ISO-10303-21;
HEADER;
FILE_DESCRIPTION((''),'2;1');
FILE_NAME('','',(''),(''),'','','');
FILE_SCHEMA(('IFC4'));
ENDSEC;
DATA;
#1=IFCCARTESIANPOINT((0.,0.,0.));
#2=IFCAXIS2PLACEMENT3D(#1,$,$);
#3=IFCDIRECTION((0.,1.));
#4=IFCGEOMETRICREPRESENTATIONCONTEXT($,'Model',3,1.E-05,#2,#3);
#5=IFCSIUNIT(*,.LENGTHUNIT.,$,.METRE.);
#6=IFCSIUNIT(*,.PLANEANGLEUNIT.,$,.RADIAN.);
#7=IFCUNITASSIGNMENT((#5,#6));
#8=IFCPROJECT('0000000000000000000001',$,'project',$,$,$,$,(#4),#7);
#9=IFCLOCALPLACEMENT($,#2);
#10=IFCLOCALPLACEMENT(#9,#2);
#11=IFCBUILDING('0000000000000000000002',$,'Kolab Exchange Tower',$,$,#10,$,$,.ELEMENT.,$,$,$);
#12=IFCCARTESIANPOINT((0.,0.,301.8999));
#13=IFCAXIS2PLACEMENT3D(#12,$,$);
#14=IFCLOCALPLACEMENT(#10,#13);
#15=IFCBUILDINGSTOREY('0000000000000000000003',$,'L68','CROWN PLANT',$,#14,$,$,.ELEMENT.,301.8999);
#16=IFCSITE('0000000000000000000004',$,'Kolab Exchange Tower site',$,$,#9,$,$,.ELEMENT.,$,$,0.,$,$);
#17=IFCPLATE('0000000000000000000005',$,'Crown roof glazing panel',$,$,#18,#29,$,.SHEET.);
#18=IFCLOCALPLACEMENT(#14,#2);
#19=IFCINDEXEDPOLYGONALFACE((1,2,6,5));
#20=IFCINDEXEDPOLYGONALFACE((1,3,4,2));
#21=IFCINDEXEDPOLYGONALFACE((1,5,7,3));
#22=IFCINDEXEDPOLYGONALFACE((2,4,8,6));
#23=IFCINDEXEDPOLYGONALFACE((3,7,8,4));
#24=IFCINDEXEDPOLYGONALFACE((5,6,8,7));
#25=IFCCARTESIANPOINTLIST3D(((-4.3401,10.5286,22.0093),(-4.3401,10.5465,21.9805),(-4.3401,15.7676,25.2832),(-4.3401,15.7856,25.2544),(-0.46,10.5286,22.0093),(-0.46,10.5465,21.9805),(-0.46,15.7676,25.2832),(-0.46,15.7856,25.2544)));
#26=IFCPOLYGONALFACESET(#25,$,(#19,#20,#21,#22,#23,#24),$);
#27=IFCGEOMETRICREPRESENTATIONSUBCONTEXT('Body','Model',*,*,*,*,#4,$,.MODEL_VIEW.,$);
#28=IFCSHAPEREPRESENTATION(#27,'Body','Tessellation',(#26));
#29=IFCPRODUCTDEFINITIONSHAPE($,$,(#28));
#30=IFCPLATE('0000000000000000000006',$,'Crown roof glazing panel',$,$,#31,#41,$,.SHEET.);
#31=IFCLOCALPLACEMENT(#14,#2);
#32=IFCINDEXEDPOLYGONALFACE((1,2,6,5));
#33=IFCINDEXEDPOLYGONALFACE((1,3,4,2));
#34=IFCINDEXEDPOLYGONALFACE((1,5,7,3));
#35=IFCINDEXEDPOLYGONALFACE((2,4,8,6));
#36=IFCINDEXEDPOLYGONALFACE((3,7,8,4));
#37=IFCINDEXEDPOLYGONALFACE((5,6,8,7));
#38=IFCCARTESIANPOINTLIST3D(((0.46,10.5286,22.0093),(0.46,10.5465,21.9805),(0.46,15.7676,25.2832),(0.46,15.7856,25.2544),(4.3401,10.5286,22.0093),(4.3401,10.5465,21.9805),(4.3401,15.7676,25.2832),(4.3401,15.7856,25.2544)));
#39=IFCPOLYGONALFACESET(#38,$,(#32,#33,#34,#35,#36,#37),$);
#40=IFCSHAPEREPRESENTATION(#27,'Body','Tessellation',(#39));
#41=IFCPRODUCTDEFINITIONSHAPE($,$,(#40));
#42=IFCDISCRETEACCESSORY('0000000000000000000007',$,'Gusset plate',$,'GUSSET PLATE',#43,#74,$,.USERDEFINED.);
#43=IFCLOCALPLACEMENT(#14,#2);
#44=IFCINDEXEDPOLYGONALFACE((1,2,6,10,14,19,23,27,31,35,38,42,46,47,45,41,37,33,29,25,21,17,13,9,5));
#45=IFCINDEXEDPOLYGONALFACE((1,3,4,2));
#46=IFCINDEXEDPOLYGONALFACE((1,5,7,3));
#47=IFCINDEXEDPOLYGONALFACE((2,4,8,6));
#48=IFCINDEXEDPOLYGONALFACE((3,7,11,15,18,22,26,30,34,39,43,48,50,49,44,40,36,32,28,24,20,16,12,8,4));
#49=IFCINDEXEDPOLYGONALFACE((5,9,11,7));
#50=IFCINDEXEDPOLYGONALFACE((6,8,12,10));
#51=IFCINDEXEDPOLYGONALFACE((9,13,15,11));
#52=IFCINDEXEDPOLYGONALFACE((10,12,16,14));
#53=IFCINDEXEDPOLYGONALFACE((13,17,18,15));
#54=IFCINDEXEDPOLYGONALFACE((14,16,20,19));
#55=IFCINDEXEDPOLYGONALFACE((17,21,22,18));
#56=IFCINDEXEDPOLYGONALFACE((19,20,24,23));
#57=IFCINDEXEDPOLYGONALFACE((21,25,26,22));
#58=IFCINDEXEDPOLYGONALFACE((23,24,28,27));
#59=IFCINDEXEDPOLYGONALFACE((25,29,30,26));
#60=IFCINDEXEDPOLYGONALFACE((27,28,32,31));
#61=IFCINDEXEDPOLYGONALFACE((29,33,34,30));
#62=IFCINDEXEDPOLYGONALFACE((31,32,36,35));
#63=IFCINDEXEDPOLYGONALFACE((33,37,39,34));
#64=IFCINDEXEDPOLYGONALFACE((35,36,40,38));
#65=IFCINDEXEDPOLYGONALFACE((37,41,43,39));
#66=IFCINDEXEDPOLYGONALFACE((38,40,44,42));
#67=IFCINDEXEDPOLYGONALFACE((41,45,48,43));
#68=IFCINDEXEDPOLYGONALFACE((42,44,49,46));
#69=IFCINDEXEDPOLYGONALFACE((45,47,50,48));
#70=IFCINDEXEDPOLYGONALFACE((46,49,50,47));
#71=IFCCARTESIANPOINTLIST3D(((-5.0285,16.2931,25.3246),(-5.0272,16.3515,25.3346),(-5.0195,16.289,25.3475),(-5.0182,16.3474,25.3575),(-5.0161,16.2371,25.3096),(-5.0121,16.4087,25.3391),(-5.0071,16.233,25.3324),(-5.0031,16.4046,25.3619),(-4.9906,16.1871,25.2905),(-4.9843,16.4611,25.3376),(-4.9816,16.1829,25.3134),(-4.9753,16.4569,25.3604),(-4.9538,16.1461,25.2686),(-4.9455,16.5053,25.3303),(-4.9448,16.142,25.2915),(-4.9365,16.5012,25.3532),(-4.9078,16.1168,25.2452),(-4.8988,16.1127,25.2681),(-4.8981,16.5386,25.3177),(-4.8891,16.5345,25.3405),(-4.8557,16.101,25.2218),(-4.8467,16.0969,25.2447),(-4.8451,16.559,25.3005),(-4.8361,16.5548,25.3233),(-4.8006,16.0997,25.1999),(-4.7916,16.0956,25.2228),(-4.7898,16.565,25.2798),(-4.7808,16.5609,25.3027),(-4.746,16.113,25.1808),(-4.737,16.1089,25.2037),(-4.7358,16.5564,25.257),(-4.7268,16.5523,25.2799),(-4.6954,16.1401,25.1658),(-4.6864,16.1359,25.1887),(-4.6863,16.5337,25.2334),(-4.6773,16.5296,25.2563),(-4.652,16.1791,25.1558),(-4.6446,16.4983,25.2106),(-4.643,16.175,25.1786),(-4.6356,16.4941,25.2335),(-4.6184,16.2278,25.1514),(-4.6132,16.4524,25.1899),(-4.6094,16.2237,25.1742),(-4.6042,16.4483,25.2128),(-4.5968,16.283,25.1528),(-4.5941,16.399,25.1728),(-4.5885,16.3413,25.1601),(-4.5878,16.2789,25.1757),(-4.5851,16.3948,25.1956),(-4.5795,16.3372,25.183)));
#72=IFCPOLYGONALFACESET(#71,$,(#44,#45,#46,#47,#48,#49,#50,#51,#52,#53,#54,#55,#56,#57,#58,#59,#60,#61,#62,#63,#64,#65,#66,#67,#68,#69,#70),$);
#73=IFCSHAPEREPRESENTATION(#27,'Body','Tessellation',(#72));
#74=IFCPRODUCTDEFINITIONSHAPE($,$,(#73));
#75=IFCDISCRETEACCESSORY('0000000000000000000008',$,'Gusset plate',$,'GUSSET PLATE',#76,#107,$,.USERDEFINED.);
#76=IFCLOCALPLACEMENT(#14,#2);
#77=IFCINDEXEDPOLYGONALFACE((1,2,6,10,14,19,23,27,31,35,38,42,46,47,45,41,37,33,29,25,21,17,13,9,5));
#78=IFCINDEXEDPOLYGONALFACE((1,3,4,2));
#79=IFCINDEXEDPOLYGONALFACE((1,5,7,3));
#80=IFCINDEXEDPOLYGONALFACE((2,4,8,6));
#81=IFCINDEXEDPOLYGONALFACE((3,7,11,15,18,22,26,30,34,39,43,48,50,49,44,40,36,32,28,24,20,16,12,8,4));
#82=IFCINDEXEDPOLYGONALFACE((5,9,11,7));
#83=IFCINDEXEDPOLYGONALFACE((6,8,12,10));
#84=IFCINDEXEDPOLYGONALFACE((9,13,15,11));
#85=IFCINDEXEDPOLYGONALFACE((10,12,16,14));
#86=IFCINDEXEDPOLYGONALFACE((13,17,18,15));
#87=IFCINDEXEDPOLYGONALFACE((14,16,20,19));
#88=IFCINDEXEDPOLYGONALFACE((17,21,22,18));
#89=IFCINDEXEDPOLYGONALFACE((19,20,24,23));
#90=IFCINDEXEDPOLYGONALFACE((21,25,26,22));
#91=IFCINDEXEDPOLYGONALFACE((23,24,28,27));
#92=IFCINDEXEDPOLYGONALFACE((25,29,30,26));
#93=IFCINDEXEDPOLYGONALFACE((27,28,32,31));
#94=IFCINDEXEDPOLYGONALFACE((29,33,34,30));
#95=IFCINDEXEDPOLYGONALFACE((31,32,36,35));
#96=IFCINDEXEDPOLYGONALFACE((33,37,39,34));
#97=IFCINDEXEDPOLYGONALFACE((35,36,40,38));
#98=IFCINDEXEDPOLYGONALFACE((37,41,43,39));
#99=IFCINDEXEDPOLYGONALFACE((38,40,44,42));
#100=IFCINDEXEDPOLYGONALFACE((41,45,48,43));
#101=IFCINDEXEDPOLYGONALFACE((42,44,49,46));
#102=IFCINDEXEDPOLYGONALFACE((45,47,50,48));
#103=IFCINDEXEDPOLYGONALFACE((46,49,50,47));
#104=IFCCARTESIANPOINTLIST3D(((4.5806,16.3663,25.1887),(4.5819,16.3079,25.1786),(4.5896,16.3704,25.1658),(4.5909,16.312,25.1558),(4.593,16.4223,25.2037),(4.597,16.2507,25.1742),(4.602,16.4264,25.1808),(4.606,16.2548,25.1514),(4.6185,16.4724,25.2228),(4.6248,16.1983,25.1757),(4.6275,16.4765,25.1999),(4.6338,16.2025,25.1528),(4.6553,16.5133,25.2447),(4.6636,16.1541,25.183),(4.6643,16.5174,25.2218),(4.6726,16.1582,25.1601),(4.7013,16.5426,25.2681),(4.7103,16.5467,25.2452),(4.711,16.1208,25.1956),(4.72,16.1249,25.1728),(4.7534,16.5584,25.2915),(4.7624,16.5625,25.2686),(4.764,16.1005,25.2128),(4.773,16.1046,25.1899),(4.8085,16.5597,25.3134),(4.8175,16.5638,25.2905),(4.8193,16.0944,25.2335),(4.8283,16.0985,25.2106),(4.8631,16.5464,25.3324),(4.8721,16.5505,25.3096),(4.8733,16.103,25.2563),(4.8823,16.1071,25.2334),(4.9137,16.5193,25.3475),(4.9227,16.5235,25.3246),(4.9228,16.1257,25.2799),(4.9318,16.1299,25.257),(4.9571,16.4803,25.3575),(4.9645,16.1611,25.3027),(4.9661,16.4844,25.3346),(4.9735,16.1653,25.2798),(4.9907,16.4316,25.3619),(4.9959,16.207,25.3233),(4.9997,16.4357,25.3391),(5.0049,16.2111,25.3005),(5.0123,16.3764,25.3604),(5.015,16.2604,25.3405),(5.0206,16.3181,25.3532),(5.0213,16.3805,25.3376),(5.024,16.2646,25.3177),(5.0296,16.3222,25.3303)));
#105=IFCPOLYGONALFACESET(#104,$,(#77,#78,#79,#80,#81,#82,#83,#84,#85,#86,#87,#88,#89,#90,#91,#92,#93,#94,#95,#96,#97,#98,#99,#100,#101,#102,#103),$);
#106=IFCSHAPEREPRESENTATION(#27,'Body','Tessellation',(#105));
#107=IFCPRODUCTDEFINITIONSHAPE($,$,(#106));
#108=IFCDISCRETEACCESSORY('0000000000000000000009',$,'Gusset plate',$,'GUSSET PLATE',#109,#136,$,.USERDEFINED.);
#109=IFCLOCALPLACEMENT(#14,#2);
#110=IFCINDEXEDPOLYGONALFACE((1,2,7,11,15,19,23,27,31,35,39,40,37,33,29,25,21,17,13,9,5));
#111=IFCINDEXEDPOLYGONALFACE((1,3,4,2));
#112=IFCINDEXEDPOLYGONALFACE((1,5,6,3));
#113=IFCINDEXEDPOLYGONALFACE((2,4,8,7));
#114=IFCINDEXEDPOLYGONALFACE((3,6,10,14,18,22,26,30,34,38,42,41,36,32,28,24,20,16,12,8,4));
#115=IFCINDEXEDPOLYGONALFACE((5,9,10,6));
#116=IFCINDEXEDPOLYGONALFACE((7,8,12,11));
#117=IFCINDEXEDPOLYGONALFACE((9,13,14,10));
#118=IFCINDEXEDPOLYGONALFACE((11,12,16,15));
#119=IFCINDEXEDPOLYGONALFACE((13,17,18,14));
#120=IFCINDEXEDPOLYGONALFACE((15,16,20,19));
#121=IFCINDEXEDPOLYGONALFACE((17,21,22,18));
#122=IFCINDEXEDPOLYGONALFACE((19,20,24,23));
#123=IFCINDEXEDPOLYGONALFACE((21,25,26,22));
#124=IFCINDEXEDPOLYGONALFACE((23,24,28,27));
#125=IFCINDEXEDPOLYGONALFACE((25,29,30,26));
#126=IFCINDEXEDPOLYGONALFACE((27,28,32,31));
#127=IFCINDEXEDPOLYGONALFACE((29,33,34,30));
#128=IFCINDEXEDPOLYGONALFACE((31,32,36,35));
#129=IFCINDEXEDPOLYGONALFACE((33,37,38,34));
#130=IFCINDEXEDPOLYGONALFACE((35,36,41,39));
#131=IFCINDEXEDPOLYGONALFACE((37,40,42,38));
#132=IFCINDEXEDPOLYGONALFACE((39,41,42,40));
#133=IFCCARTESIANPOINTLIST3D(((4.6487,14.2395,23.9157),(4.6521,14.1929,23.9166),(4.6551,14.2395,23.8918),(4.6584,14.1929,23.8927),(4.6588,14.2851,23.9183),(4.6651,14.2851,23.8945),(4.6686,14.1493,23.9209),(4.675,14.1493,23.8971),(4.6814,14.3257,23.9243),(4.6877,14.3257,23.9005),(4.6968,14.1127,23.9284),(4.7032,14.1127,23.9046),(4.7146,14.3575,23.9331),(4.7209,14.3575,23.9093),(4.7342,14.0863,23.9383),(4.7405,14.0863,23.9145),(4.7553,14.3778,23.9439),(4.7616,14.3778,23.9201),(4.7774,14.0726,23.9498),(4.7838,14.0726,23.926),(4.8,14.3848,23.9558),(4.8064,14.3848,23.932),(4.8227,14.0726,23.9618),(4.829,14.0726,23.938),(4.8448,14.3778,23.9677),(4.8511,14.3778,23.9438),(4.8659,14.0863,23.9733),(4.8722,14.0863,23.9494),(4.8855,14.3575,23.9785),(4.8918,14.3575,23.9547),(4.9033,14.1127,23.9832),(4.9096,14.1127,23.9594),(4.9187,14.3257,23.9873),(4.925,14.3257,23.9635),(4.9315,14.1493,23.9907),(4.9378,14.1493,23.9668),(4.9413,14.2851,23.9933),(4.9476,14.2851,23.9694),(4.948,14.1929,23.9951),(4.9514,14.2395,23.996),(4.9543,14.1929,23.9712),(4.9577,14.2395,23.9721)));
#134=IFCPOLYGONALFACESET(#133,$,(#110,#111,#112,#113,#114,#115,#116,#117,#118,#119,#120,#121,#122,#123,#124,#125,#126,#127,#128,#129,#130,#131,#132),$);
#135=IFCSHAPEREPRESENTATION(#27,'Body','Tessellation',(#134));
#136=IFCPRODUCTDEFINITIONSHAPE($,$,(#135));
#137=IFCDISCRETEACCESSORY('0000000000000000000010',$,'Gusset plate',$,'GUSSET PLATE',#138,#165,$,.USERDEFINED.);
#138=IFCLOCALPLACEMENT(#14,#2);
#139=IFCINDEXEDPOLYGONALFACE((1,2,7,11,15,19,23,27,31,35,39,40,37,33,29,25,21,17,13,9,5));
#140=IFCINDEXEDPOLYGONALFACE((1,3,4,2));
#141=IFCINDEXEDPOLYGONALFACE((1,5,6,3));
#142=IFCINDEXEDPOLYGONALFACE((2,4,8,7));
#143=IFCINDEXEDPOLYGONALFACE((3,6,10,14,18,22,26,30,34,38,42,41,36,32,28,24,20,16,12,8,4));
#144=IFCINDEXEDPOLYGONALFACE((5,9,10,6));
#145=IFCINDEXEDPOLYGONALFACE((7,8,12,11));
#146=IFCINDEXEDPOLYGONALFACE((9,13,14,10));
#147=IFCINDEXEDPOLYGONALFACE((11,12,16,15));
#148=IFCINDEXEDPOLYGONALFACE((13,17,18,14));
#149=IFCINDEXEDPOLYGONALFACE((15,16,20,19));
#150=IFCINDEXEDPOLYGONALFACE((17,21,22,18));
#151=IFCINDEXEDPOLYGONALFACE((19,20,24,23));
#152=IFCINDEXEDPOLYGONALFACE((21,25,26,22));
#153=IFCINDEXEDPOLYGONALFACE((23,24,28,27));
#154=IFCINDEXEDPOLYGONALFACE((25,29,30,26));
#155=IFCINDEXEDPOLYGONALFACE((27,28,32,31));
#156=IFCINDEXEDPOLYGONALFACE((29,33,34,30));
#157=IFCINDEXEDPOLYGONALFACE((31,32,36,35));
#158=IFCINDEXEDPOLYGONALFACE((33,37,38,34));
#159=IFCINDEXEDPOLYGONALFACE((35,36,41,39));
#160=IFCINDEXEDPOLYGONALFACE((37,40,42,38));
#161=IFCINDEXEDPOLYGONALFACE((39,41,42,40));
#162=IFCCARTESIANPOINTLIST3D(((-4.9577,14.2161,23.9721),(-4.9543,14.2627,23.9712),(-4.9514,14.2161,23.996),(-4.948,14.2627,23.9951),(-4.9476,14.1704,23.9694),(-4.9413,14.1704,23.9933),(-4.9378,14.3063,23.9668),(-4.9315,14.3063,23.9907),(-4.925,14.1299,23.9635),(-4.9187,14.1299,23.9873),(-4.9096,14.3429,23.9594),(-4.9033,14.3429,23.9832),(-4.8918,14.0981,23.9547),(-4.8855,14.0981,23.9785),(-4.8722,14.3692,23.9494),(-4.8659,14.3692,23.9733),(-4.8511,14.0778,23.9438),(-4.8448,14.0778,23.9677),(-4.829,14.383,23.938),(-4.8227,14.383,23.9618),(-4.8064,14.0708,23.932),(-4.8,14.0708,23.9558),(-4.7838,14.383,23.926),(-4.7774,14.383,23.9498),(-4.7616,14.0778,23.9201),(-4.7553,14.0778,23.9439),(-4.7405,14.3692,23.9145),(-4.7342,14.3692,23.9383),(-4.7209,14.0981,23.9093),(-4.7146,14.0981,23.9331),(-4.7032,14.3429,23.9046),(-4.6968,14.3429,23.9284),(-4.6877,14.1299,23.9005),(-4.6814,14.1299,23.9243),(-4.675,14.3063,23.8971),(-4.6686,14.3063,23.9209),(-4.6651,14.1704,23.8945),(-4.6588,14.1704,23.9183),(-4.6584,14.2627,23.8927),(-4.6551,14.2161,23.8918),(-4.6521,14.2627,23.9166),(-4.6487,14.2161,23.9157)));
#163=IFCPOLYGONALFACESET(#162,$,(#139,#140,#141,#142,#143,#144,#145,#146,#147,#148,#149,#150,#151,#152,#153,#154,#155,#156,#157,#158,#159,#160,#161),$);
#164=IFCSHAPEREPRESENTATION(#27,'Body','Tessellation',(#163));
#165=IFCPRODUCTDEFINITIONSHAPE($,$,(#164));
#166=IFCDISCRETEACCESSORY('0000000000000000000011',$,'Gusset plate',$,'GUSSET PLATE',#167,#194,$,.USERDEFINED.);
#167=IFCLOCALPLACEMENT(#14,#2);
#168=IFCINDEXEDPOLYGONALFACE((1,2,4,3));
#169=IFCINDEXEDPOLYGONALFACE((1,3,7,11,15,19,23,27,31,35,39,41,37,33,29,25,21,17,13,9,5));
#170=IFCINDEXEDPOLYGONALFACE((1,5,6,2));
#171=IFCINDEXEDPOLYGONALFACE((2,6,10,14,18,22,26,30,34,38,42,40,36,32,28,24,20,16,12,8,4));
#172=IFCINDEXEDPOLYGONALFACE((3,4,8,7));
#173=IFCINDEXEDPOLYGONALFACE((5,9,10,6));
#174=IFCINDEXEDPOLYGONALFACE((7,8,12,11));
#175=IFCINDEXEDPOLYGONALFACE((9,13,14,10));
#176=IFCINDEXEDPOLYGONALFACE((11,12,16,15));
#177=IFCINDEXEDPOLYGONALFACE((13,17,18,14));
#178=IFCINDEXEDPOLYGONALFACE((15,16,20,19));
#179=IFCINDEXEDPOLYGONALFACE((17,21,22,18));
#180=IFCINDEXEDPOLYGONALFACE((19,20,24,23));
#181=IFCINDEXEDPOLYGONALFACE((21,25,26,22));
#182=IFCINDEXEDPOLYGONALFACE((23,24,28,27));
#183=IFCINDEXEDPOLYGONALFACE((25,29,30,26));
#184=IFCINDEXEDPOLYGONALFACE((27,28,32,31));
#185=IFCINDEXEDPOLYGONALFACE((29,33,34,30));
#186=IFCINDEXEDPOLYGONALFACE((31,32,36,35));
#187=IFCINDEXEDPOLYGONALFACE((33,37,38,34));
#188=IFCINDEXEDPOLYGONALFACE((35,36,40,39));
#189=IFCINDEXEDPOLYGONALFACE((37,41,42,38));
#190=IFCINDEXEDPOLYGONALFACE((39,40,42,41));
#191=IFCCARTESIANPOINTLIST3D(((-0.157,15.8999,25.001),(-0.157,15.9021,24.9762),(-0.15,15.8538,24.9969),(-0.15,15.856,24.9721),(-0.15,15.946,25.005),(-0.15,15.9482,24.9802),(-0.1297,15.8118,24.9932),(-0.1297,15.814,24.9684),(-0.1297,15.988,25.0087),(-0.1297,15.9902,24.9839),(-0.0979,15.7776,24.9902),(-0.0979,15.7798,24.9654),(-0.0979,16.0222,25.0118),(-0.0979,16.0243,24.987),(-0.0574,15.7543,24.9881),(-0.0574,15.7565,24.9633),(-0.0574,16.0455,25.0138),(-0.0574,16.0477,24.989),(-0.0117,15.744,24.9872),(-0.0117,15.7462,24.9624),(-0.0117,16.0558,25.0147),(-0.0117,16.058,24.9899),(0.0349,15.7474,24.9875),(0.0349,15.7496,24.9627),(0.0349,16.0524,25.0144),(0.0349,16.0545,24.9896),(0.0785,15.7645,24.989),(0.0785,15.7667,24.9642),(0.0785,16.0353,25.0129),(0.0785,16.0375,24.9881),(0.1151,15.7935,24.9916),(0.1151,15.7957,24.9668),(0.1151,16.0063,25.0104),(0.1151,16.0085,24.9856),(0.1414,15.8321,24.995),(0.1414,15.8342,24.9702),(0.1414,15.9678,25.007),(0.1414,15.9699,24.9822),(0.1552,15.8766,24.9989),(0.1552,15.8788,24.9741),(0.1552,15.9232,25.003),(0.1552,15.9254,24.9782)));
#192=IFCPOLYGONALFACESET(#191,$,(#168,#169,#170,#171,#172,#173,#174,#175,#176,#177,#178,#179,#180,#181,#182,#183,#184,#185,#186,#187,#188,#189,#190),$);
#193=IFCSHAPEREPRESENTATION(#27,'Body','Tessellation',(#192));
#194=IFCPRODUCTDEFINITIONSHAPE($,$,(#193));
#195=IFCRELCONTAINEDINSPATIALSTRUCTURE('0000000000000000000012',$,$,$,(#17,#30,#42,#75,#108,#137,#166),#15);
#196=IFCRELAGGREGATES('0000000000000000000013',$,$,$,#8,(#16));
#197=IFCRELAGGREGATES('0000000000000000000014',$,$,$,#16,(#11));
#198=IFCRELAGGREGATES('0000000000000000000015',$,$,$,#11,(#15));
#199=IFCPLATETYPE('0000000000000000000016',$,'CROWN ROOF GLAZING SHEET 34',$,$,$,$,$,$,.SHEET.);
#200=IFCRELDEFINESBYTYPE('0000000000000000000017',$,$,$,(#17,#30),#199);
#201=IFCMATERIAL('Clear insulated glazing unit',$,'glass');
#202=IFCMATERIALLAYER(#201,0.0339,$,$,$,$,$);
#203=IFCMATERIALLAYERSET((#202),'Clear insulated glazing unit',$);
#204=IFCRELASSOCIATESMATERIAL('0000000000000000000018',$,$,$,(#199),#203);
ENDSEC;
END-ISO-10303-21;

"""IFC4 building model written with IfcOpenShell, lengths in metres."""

from ifc_helpers import new_model, si_unit, direction, frame, origin, origin_2d, place, context, subcontext, project, spatial, polyline, circle, outline, extrude, material, layer, layer_set, type_object, element, save


model = new_model("IFC4")

# Units and contexts
model_context = context("Model", 3, precision=1e-05, world=origin(), true_north=direction((0.0, 1.0)))
body_context = subcontext(model_context, "Body", "Model", "MODEL_VIEW")
ifc_project = project(units=[si_unit("LENGTHUNIT", "METRE"), si_unit("PLANEANGLEUNIT", "RADIAN")], contexts=[model_context])

# Site, building, storey
site_placement = place(None, origin())
site = spatial("IfcSite", under=ifc_project, at=site_placement, Name="Kolab Exchange Tower site", CompositionType="ELEMENT", RefElevation=0.0)
building_placement = place(site_placement, origin())
building = spatial("IfcBuilding", under=site, at=building_placement, Name="Kolab Exchange Tower", CompositionType="ELEMENT")
storey_placement = place(building_placement, frame((0.0, 0.0, 301.8999)))
storey = spatial("IfcBuildingStorey", under=building, at=storey_placement, Name="L68", Description="CROWN PLANT", CompositionType="ELEMENT", Elevation=301.8999)

# Shared definitions
ifc_material_1 = material(Name="Clear insulated glazing unit", Category="glass")

# Plates
ifc_layer_1 = layer(ifc_material_1, 0.0339)
ifc_layer_set_1 = layer_set([ifc_layer_1], Name="Clear insulated glazing unit")
plate_type_1 = type_object("IfcPlateType", Name="CROWN ROOF GLAZING SHEET 34", PredefinedType="SHEET", material=ifc_layer_set_1)
for number, where, z_axis, x_axis, name in (
    (1, (-0.46, 15.7676, 25.2832), (0.0, -0.529946, 0.848032), (0.0, -0.848032, -0.529946), "Crown roof glazing panel"),
    (2, (4.3401, 15.7676, 25.2832), (0.0, -0.529946, 0.848032), (0.0, -0.848032, -0.529946), "Crown roof glazing panel"),
):
    element("IfcPlate", number, at=place(storey_placement, frame(where, z_axis=z_axis, x_axis=x_axis)), inside=storey, type_object=plate_type_1, Name=name, PredefinedType="SHEET", context=body_context, shape_type="SweptSolid", body=[
        extrude(outline(polyline([(0.0, 0.0), (6.1779, 0.0), (6.1779, -3.8801), (0.0, -3.8801), (0.0, 0.0)])), origin(), (0.0, 0.0, -1.0), 0.0339),
    ])

# Discrete accessories
for number, where, z_axis, x_axis, name in (
    (3, (-4.8, 16.3276, 25.2681), (-0.361186, 0.16595, -0.917608), (-0.4175, -0.908677, 0.0), "Gusset plate"),
    (4, (4.8, 16.3276, 25.2681), (0.361186, 0.16595, -0.917608), (-0.4175, 0.908677, 0.0), "Gusset plate"),
):
    element("IfcDiscreteAccessory", number, at=place(storey_placement, frame(where, z_axis=z_axis, x_axis=x_axis)), inside=storey, Name=name, ObjectType="GUSSET PLATE", PredefinedType="USERDEFINED", context=body_context, shape_type="SweptSolid", body=[
        extrude(circle(Radius=0.2366, at=origin_2d()), origin(), (0.0, 0.0, 1.0), 0.0249),
    ])
for number, where, z_axis, x_axis, name in (
    (5, (4.8, 14.2278, 23.9558), (0.256435, 0.0, -0.966562), (0.0, 1.0, 0.0), "Gusset plate"),
    (6, (-4.8, 14.2278, 23.9558), (-0.256435, 0.0, -0.966562), (0.0, -1.0, 0.0), "Gusset plate"),
):
    element("IfcDiscreteAccessory", number, at=place(storey_placement, frame(where, z_axis=z_axis, x_axis=x_axis)), inside=storey, Name=name, ObjectType="GUSSET PLATE", PredefinedType="USERDEFINED", context=body_context, shape_type="SweptSolid", body=[
        extrude(circle(Radius=0.157, at=origin_2d()), origin(), (0.0, 0.0, 1.0), 0.0247),
    ])
discrete_accessory_placement = place(storey_placement, frame((0.0, 15.8999, 25.001), z_axis=(0.0, 0.087894, -0.99613), x_axis=(-1.0, 0.0, 0.0)))
element("IfcDiscreteAccessory", 7, at=discrete_accessory_placement, inside=storey, Name="Gusset plate", ObjectType="GUSSET PLATE", PredefinedType="USERDEFINED", context=body_context, shape_type="SweptSolid", body=[
    extrude(circle(Radius=0.157, at=origin_2d()), origin(), (0.0, 0.0, 1.0), 0.0249),
])

save(model, "model.ifc")
